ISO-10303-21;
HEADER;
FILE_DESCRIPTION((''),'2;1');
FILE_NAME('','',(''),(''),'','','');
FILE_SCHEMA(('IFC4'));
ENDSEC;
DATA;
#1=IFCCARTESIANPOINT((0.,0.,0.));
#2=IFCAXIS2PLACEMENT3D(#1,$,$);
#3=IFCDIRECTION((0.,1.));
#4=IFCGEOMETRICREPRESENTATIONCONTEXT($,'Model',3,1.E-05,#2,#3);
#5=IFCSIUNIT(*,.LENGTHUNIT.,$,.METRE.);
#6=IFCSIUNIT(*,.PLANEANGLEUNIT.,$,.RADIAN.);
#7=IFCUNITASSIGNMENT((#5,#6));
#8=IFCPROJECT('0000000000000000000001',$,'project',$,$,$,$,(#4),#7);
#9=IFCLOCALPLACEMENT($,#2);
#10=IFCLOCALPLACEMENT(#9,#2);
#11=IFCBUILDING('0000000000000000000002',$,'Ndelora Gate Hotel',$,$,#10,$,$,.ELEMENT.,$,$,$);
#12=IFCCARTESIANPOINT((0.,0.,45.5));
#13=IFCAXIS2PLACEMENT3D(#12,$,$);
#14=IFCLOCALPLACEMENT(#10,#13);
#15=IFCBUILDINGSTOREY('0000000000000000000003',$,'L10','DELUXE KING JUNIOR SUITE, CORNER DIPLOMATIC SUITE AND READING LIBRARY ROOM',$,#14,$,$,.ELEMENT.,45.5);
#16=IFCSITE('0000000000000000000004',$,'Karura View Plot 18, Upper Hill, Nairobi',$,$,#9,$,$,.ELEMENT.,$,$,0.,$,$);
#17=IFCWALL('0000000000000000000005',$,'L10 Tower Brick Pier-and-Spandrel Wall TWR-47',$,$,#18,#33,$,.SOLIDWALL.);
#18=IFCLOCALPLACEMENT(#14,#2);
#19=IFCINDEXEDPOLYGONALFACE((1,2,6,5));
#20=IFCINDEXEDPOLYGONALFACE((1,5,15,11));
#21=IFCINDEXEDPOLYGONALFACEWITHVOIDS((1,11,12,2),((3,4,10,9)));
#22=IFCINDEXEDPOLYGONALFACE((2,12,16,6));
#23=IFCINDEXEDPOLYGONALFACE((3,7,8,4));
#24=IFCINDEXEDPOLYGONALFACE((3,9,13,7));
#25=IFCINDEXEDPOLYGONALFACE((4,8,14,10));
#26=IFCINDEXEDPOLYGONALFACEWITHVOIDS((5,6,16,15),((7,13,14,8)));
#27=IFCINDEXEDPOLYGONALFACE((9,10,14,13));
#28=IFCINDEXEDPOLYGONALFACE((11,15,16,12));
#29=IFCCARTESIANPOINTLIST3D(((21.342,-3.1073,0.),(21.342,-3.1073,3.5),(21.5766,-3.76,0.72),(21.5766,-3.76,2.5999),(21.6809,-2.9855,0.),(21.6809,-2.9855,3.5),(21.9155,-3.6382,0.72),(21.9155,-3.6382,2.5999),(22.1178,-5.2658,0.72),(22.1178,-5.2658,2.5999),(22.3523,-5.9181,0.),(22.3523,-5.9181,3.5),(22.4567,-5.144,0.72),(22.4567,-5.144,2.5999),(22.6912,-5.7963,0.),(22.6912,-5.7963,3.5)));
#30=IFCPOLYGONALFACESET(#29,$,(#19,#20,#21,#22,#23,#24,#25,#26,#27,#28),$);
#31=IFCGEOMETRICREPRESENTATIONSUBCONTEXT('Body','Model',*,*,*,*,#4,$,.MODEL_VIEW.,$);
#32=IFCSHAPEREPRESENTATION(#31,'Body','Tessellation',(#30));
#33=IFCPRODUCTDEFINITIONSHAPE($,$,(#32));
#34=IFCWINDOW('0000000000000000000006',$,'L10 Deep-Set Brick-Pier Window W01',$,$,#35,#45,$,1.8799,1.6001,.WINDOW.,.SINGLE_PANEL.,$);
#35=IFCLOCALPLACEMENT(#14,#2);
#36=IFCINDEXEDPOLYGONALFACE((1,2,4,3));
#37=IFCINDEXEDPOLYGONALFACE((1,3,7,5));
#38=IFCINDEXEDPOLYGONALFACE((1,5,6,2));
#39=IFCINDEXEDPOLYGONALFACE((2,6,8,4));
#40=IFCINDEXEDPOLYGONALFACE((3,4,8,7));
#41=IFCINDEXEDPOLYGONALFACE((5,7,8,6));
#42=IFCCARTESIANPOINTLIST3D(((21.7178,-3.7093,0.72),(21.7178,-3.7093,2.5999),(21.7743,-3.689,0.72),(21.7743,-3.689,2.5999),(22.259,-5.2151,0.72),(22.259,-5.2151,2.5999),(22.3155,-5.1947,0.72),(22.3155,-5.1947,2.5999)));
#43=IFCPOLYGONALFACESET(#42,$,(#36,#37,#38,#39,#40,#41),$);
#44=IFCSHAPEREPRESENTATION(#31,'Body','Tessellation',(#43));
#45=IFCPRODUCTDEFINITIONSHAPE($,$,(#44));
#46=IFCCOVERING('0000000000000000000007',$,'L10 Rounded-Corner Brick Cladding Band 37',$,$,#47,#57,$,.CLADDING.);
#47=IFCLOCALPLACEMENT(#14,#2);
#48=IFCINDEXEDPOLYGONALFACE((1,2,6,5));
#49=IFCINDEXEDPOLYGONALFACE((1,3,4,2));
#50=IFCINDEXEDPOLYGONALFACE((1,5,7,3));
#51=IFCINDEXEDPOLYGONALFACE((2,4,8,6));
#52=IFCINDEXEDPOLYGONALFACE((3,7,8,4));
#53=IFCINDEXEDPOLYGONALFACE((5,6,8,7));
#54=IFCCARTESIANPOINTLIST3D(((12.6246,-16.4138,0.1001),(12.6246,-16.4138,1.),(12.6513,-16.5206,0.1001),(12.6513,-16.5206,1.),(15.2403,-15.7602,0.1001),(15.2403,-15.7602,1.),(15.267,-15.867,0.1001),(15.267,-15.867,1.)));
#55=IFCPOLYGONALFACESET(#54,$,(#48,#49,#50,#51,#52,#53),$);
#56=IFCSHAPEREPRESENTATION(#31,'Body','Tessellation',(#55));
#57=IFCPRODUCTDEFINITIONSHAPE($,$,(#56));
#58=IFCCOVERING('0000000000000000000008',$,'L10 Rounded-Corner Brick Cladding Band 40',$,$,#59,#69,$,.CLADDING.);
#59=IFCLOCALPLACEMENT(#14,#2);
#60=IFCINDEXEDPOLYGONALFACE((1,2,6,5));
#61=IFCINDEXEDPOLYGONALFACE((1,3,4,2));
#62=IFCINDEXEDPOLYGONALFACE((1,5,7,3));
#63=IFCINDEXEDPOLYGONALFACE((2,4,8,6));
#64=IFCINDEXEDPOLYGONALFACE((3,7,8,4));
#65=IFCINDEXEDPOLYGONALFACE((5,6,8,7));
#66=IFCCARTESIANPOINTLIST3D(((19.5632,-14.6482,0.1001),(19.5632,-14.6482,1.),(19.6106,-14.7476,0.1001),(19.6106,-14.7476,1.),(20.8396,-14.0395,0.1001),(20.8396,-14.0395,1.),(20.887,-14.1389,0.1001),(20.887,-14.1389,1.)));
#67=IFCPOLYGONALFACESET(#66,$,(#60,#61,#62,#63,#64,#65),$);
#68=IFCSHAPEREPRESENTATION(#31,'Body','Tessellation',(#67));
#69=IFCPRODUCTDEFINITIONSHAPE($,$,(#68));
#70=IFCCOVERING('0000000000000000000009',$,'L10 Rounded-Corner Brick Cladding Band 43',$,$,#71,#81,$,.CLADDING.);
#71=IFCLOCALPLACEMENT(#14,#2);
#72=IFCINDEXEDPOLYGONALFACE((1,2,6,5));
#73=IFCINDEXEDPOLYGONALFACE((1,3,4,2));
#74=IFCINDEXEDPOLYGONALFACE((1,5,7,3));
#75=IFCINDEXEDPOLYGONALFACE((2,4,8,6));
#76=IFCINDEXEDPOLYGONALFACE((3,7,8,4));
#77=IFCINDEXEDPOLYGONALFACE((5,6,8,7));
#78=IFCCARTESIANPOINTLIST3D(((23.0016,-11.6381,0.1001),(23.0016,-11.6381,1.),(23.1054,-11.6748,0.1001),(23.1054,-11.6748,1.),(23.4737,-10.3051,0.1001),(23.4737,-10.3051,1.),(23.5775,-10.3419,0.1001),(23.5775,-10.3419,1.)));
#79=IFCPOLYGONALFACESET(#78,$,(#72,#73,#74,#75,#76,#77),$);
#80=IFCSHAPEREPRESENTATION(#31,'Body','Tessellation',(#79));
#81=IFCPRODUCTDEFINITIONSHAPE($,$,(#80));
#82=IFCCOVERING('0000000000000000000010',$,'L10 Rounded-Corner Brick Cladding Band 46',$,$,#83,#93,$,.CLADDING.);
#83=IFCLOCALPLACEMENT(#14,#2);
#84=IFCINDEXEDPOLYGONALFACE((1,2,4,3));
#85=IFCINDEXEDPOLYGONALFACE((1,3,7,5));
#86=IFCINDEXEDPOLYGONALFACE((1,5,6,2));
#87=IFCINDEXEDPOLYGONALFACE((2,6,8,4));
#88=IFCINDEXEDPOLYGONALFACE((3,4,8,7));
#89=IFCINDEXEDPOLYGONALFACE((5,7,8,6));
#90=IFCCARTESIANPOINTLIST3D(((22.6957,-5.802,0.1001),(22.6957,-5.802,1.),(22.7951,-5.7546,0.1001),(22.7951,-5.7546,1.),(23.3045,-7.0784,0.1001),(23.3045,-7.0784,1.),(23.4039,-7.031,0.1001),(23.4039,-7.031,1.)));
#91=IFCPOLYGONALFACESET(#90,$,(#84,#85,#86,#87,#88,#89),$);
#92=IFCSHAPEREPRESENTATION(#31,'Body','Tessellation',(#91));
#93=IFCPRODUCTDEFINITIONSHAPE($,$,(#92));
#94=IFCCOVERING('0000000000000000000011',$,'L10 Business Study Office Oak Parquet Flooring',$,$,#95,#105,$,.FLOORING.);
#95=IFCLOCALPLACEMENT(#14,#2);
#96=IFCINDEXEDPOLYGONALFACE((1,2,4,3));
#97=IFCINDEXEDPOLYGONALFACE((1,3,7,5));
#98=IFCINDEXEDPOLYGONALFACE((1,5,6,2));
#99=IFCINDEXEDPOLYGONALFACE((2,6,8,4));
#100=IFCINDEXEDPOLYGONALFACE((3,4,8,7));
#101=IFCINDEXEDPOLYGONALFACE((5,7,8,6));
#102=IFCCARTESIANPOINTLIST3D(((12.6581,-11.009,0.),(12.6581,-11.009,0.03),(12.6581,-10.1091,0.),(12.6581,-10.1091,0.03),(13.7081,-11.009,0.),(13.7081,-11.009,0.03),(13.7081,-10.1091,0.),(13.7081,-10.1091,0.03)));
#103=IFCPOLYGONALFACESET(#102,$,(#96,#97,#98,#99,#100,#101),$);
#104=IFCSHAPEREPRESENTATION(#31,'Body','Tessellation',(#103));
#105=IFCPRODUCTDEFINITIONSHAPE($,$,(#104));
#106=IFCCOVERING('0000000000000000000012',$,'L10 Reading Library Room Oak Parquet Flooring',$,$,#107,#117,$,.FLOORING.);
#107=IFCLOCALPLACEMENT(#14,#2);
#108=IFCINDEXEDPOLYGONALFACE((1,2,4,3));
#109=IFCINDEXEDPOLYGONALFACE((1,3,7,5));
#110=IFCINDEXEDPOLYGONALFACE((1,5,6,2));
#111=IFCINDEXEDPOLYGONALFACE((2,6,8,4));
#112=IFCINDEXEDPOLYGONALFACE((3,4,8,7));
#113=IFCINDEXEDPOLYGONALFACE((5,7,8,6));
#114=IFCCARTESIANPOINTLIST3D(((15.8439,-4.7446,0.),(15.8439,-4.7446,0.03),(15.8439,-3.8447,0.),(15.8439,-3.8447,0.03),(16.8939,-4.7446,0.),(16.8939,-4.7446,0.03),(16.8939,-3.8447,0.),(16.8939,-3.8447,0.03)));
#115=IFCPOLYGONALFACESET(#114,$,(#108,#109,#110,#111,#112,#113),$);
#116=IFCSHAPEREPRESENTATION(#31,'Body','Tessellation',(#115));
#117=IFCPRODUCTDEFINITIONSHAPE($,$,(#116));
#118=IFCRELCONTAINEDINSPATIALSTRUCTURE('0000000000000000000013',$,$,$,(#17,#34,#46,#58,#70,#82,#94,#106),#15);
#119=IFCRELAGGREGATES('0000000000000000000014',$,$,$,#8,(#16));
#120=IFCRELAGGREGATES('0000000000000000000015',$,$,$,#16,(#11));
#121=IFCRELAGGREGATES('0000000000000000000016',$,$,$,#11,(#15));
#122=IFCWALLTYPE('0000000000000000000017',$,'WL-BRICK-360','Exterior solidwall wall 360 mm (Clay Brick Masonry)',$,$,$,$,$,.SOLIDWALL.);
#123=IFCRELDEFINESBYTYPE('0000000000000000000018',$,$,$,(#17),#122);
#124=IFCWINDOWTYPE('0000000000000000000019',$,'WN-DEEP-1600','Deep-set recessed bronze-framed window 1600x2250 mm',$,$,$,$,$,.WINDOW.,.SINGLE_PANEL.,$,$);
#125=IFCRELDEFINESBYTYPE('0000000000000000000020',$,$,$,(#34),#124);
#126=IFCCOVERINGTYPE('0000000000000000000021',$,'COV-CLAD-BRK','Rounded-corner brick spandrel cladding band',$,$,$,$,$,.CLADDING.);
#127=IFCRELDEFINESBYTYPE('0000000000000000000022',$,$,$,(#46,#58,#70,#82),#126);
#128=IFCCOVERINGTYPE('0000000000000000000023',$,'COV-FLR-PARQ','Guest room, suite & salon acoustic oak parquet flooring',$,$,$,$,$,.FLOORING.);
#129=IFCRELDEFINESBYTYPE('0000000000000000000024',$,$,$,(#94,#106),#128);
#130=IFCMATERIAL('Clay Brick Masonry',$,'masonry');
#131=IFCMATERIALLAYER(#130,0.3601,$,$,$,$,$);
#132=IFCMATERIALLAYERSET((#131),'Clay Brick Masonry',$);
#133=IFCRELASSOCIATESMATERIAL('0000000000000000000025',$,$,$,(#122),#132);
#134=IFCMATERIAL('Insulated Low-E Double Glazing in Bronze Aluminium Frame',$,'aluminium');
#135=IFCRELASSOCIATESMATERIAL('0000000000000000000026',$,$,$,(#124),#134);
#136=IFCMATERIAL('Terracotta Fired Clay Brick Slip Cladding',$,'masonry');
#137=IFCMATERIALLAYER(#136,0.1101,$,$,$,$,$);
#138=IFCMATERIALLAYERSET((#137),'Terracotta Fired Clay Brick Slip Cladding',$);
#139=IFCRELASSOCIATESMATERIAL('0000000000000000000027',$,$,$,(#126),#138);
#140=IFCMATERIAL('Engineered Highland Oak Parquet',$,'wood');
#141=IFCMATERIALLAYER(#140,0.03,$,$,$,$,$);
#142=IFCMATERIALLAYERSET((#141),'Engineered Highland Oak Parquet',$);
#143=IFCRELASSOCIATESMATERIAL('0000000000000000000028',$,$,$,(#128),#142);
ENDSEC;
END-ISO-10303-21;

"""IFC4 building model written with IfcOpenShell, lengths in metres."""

from ifc_helpers import new_model, si_unit, direction, frame, frame_2d, origin, origin_2d, place, context, subcontext, project, spatial, rectangle, extrude, material, layer, layer_set, type_object, element, fill, save


model = new_model("IFC4")

# Units and contexts
model_context = context("Model", 3, precision=1e-05, world=origin(), true_north=direction((0.0, 1.0)))
body_context = subcontext(model_context, "Body", "Model", "MODEL_VIEW")
ifc_project = project(units=[si_unit("LENGTHUNIT", "METRE"), si_unit("PLANEANGLEUNIT", "RADIAN")], contexts=[model_context])

# Site, building, storey
site_placement = place(None, origin())
site = spatial("IfcSite", under=ifc_project, at=site_placement, Name="Karura View Plot 18, Upper Hill, Nairobi", CompositionType="ELEMENT", RefElevation=0.0)
building_placement = place(site_placement, origin())
building = spatial("IfcBuilding", under=site, at=building_placement, Name="Ndelora Gate Hotel", CompositionType="ELEMENT")
storey_placement = place(building_placement, frame((0.0, 0.0, 45.5)))
storey = spatial("IfcBuildingStorey", under=building, at=storey_placement, Name="L10", Description="DELUXE KING JUNIOR SUITE, CORNER DIPLOMATIC SUITE AND READING LIBRARY ROOM", CompositionType="ELEMENT", Elevation=45.5)

# Shared definitions
ifc_material_1 = material(Name="Clay Brick Masonry", Category="masonry")
ifc_layer_1 = layer(ifc_material_1, 0.3601)
ifc_layer_set_1 = layer_set([ifc_layer_1], Name="Clay Brick Masonry")
wall_type = type_object("IfcWallType", Name="WL-BRICK-360", Description="Exterior solidwall wall 360 mm (Clay Brick Masonry)", PredefinedType="SOLIDWALL", material=ifc_layer_set_1)
ifc_material_2 = material(Name="Insulated Low-E Double Glazing in Bronze Aluminium Frame", Category="aluminium")
window_type_1 = type_object("IfcWindowType", Name="WN-DEEP-1600", Description="Deep-set recessed bronze-framed window 1600x2250 mm", PartitioningType="SINGLE_PANEL", PredefinedType="WINDOW", material=ifc_material_2)

# Wall, opening, window
wall_1_placement = place(storey_placement, frame((21.5115, -3.0464, 0.0), z_axis=(0.0, 0.0, 1.0), x_axis=(0.338236, -0.941061, 0.0)))
wall_1 = element("IfcWall", 1, at=wall_1_placement, inside=storey, type_object=wall_type, Name="L10 Tower Brick Pier-and-Spandrel Wall TWR-47", PredefinedType="SOLIDWALL", context=body_context, shape_type="SweptSolid", body=[
    extrude(rectangle(XDim=2.9868, YDim=0.3601, at=frame_2d((1.4934, 0.0))), origin(), (0.0, 0.0, 1.0), 3.5),
])
opening_1_placement = place(wall_1_placement, frame((0.6936, 0.0, 0.72)))
opening_1 = element("IfcOpeningElement", 2, at=opening_1_placement, cuts=wall_1, PredefinedType="OPENING", context=body_context, shape_type="SweptSolid", body=[
    extrude(rectangle(XDim=1.6001, YDim=1.8799, at=frame_2d((0.8, 0.9399))), frame((0.0, 0.1899, 0.0), z_axis=(0.0, -1.0, 0.0), x_axis=(1.0, 0.0, 0.0)), (0.0, 0.0, 1.0), 0.3801),
])
window_1_placement = place(opening_1_placement, origin())
window_1 = element("IfcWindow", 3, at=window_1_placement, inside=storey, type_object=window_type_1, Name="L10 Deep-Set Brick-Pier Window W01", OverallHeight=1.8799, OverallWidth=1.6001, PartitioningType="SINGLE_PANEL", PredefinedType="WINDOW", context=body_context, shape_type="SweptSolid", body=[
    extrude(rectangle(XDim=1.6001, YDim=1.8799, at=frame_2d((0.8, 0.9399))), frame((0.0, 0.03, 0.0), z_axis=(0.0, -1.0, 0.0), x_axis=(1.0, 0.0, 0.0)), (0.0, 0.0, 1.0), 0.0601),
])
fill(opening_1, window_1)

# Coverings
ifc_material_3 = material(Name="Terracotta Fired Clay Brick Slip Cladding", Category="masonry")
ifc_layer_2 = layer(ifc_material_3, 0.1101)
ifc_layer_set_2 = layer_set([ifc_layer_2], Name="Terracotta Fired Clay Brick Slip Cladding")
covering_type_1 = type_object("IfcCoveringType", Name="COV-CLAD-BRK", Description="Rounded-corner brick spandrel cladding band", PredefinedType="CLADDING", material=ifc_layer_set_2)
covering_placement = place(storey_placement, frame((13.9458, -16.1404, 0.1001), z_axis=(0.0, 0.0, 1.0), x_axis=(0.970169, 0.24243, 0.0)))
element("IfcCovering", 4, at=covering_placement, inside=storey, type_object=covering_type_1, Name="L10 Rounded-Corner Brick Cladding Band 37", PredefinedType="CLADDING", context=body_context, shape_type="SweptSolid", body=[
    extrude(rectangle(XDim=2.696, YDim=0.1101, at=origin_2d()), origin(), (0.0, 0.0, 1.0), 0.8999),
])
for number, where, z_axis, x_axis, name in (
    (5, (20.2251, -14.3936, 0.1001), (0.0, 0.0, 1.0), (0.902585, 0.430511, 0.0), "L10 Rounded-Corner Brick Cladding Band 40"),
    (6, (23.2896, -10.99, 0.1001), (0.0, 0.0, 1.0), (0.333807, 0.942641, 0.0), "L10 Rounded-Corner Brick Cladding Band 43"),
    (7, (23.0498, -6.4165, 0.1001), (0.0, 0.0, 1.0), (-0.430511, 0.902585, 0.0), "L10 Rounded-Corner Brick Cladding Band 46"),
):
    element("IfcCovering", number, at=place(storey_placement, frame(where, z_axis=z_axis, x_axis=x_axis)), inside=storey, type_object=covering_type_1, Name=name, PredefinedType="CLADDING", context=body_context, shape_type="SweptSolid", body=[
        extrude(rectangle(XDim=1.4141, YDim=0.1101, at=origin_2d()), origin(), (0.0, 0.0, 1.0), 0.8999),
    ])
ifc_material_4 = material(Name="Engineered Highland Oak Parquet", Category="wood")
ifc_layer_3 = layer(ifc_material_4, 0.03)
ifc_layer_set_3 = layer_set([ifc_layer_3], Name="Engineered Highland Oak Parquet")
covering_type_2 = type_object("IfcCoveringType", Name="COV-FLR-PARQ", Description="Guest room, suite & salon acoustic oak parquet flooring", PredefinedType="FLOORING", material=ifc_layer_set_3)
for number, where, z_axis, x_axis, name in (
    (8, (13.1831, -10.5591, 0.0), (0.0, 0.0, 1.0), (1.0, 0.0, 0.0), "L10 Business Study Office Oak Parquet Flooring"),
    (9, (16.3689, -4.2947, 0.0), (0.0, 0.0, 1.0), (1.0, 0.0, 0.0), "L10 Reading Library Room Oak Parquet Flooring"),
):
    element("IfcCovering", number, at=place(storey_placement, frame(where, z_axis=z_axis, x_axis=x_axis)), inside=storey, type_object=covering_type_2, Name=name, PredefinedType="FLOORING", context=body_context, shape_type="SweptSolid", body=[
        extrude(rectangle(XDim=1.05, YDim=0.8999, at=origin_2d()), origin(), (0.0, 0.0, 1.0), 0.03),
    ])

save(model, "model.ifc")
